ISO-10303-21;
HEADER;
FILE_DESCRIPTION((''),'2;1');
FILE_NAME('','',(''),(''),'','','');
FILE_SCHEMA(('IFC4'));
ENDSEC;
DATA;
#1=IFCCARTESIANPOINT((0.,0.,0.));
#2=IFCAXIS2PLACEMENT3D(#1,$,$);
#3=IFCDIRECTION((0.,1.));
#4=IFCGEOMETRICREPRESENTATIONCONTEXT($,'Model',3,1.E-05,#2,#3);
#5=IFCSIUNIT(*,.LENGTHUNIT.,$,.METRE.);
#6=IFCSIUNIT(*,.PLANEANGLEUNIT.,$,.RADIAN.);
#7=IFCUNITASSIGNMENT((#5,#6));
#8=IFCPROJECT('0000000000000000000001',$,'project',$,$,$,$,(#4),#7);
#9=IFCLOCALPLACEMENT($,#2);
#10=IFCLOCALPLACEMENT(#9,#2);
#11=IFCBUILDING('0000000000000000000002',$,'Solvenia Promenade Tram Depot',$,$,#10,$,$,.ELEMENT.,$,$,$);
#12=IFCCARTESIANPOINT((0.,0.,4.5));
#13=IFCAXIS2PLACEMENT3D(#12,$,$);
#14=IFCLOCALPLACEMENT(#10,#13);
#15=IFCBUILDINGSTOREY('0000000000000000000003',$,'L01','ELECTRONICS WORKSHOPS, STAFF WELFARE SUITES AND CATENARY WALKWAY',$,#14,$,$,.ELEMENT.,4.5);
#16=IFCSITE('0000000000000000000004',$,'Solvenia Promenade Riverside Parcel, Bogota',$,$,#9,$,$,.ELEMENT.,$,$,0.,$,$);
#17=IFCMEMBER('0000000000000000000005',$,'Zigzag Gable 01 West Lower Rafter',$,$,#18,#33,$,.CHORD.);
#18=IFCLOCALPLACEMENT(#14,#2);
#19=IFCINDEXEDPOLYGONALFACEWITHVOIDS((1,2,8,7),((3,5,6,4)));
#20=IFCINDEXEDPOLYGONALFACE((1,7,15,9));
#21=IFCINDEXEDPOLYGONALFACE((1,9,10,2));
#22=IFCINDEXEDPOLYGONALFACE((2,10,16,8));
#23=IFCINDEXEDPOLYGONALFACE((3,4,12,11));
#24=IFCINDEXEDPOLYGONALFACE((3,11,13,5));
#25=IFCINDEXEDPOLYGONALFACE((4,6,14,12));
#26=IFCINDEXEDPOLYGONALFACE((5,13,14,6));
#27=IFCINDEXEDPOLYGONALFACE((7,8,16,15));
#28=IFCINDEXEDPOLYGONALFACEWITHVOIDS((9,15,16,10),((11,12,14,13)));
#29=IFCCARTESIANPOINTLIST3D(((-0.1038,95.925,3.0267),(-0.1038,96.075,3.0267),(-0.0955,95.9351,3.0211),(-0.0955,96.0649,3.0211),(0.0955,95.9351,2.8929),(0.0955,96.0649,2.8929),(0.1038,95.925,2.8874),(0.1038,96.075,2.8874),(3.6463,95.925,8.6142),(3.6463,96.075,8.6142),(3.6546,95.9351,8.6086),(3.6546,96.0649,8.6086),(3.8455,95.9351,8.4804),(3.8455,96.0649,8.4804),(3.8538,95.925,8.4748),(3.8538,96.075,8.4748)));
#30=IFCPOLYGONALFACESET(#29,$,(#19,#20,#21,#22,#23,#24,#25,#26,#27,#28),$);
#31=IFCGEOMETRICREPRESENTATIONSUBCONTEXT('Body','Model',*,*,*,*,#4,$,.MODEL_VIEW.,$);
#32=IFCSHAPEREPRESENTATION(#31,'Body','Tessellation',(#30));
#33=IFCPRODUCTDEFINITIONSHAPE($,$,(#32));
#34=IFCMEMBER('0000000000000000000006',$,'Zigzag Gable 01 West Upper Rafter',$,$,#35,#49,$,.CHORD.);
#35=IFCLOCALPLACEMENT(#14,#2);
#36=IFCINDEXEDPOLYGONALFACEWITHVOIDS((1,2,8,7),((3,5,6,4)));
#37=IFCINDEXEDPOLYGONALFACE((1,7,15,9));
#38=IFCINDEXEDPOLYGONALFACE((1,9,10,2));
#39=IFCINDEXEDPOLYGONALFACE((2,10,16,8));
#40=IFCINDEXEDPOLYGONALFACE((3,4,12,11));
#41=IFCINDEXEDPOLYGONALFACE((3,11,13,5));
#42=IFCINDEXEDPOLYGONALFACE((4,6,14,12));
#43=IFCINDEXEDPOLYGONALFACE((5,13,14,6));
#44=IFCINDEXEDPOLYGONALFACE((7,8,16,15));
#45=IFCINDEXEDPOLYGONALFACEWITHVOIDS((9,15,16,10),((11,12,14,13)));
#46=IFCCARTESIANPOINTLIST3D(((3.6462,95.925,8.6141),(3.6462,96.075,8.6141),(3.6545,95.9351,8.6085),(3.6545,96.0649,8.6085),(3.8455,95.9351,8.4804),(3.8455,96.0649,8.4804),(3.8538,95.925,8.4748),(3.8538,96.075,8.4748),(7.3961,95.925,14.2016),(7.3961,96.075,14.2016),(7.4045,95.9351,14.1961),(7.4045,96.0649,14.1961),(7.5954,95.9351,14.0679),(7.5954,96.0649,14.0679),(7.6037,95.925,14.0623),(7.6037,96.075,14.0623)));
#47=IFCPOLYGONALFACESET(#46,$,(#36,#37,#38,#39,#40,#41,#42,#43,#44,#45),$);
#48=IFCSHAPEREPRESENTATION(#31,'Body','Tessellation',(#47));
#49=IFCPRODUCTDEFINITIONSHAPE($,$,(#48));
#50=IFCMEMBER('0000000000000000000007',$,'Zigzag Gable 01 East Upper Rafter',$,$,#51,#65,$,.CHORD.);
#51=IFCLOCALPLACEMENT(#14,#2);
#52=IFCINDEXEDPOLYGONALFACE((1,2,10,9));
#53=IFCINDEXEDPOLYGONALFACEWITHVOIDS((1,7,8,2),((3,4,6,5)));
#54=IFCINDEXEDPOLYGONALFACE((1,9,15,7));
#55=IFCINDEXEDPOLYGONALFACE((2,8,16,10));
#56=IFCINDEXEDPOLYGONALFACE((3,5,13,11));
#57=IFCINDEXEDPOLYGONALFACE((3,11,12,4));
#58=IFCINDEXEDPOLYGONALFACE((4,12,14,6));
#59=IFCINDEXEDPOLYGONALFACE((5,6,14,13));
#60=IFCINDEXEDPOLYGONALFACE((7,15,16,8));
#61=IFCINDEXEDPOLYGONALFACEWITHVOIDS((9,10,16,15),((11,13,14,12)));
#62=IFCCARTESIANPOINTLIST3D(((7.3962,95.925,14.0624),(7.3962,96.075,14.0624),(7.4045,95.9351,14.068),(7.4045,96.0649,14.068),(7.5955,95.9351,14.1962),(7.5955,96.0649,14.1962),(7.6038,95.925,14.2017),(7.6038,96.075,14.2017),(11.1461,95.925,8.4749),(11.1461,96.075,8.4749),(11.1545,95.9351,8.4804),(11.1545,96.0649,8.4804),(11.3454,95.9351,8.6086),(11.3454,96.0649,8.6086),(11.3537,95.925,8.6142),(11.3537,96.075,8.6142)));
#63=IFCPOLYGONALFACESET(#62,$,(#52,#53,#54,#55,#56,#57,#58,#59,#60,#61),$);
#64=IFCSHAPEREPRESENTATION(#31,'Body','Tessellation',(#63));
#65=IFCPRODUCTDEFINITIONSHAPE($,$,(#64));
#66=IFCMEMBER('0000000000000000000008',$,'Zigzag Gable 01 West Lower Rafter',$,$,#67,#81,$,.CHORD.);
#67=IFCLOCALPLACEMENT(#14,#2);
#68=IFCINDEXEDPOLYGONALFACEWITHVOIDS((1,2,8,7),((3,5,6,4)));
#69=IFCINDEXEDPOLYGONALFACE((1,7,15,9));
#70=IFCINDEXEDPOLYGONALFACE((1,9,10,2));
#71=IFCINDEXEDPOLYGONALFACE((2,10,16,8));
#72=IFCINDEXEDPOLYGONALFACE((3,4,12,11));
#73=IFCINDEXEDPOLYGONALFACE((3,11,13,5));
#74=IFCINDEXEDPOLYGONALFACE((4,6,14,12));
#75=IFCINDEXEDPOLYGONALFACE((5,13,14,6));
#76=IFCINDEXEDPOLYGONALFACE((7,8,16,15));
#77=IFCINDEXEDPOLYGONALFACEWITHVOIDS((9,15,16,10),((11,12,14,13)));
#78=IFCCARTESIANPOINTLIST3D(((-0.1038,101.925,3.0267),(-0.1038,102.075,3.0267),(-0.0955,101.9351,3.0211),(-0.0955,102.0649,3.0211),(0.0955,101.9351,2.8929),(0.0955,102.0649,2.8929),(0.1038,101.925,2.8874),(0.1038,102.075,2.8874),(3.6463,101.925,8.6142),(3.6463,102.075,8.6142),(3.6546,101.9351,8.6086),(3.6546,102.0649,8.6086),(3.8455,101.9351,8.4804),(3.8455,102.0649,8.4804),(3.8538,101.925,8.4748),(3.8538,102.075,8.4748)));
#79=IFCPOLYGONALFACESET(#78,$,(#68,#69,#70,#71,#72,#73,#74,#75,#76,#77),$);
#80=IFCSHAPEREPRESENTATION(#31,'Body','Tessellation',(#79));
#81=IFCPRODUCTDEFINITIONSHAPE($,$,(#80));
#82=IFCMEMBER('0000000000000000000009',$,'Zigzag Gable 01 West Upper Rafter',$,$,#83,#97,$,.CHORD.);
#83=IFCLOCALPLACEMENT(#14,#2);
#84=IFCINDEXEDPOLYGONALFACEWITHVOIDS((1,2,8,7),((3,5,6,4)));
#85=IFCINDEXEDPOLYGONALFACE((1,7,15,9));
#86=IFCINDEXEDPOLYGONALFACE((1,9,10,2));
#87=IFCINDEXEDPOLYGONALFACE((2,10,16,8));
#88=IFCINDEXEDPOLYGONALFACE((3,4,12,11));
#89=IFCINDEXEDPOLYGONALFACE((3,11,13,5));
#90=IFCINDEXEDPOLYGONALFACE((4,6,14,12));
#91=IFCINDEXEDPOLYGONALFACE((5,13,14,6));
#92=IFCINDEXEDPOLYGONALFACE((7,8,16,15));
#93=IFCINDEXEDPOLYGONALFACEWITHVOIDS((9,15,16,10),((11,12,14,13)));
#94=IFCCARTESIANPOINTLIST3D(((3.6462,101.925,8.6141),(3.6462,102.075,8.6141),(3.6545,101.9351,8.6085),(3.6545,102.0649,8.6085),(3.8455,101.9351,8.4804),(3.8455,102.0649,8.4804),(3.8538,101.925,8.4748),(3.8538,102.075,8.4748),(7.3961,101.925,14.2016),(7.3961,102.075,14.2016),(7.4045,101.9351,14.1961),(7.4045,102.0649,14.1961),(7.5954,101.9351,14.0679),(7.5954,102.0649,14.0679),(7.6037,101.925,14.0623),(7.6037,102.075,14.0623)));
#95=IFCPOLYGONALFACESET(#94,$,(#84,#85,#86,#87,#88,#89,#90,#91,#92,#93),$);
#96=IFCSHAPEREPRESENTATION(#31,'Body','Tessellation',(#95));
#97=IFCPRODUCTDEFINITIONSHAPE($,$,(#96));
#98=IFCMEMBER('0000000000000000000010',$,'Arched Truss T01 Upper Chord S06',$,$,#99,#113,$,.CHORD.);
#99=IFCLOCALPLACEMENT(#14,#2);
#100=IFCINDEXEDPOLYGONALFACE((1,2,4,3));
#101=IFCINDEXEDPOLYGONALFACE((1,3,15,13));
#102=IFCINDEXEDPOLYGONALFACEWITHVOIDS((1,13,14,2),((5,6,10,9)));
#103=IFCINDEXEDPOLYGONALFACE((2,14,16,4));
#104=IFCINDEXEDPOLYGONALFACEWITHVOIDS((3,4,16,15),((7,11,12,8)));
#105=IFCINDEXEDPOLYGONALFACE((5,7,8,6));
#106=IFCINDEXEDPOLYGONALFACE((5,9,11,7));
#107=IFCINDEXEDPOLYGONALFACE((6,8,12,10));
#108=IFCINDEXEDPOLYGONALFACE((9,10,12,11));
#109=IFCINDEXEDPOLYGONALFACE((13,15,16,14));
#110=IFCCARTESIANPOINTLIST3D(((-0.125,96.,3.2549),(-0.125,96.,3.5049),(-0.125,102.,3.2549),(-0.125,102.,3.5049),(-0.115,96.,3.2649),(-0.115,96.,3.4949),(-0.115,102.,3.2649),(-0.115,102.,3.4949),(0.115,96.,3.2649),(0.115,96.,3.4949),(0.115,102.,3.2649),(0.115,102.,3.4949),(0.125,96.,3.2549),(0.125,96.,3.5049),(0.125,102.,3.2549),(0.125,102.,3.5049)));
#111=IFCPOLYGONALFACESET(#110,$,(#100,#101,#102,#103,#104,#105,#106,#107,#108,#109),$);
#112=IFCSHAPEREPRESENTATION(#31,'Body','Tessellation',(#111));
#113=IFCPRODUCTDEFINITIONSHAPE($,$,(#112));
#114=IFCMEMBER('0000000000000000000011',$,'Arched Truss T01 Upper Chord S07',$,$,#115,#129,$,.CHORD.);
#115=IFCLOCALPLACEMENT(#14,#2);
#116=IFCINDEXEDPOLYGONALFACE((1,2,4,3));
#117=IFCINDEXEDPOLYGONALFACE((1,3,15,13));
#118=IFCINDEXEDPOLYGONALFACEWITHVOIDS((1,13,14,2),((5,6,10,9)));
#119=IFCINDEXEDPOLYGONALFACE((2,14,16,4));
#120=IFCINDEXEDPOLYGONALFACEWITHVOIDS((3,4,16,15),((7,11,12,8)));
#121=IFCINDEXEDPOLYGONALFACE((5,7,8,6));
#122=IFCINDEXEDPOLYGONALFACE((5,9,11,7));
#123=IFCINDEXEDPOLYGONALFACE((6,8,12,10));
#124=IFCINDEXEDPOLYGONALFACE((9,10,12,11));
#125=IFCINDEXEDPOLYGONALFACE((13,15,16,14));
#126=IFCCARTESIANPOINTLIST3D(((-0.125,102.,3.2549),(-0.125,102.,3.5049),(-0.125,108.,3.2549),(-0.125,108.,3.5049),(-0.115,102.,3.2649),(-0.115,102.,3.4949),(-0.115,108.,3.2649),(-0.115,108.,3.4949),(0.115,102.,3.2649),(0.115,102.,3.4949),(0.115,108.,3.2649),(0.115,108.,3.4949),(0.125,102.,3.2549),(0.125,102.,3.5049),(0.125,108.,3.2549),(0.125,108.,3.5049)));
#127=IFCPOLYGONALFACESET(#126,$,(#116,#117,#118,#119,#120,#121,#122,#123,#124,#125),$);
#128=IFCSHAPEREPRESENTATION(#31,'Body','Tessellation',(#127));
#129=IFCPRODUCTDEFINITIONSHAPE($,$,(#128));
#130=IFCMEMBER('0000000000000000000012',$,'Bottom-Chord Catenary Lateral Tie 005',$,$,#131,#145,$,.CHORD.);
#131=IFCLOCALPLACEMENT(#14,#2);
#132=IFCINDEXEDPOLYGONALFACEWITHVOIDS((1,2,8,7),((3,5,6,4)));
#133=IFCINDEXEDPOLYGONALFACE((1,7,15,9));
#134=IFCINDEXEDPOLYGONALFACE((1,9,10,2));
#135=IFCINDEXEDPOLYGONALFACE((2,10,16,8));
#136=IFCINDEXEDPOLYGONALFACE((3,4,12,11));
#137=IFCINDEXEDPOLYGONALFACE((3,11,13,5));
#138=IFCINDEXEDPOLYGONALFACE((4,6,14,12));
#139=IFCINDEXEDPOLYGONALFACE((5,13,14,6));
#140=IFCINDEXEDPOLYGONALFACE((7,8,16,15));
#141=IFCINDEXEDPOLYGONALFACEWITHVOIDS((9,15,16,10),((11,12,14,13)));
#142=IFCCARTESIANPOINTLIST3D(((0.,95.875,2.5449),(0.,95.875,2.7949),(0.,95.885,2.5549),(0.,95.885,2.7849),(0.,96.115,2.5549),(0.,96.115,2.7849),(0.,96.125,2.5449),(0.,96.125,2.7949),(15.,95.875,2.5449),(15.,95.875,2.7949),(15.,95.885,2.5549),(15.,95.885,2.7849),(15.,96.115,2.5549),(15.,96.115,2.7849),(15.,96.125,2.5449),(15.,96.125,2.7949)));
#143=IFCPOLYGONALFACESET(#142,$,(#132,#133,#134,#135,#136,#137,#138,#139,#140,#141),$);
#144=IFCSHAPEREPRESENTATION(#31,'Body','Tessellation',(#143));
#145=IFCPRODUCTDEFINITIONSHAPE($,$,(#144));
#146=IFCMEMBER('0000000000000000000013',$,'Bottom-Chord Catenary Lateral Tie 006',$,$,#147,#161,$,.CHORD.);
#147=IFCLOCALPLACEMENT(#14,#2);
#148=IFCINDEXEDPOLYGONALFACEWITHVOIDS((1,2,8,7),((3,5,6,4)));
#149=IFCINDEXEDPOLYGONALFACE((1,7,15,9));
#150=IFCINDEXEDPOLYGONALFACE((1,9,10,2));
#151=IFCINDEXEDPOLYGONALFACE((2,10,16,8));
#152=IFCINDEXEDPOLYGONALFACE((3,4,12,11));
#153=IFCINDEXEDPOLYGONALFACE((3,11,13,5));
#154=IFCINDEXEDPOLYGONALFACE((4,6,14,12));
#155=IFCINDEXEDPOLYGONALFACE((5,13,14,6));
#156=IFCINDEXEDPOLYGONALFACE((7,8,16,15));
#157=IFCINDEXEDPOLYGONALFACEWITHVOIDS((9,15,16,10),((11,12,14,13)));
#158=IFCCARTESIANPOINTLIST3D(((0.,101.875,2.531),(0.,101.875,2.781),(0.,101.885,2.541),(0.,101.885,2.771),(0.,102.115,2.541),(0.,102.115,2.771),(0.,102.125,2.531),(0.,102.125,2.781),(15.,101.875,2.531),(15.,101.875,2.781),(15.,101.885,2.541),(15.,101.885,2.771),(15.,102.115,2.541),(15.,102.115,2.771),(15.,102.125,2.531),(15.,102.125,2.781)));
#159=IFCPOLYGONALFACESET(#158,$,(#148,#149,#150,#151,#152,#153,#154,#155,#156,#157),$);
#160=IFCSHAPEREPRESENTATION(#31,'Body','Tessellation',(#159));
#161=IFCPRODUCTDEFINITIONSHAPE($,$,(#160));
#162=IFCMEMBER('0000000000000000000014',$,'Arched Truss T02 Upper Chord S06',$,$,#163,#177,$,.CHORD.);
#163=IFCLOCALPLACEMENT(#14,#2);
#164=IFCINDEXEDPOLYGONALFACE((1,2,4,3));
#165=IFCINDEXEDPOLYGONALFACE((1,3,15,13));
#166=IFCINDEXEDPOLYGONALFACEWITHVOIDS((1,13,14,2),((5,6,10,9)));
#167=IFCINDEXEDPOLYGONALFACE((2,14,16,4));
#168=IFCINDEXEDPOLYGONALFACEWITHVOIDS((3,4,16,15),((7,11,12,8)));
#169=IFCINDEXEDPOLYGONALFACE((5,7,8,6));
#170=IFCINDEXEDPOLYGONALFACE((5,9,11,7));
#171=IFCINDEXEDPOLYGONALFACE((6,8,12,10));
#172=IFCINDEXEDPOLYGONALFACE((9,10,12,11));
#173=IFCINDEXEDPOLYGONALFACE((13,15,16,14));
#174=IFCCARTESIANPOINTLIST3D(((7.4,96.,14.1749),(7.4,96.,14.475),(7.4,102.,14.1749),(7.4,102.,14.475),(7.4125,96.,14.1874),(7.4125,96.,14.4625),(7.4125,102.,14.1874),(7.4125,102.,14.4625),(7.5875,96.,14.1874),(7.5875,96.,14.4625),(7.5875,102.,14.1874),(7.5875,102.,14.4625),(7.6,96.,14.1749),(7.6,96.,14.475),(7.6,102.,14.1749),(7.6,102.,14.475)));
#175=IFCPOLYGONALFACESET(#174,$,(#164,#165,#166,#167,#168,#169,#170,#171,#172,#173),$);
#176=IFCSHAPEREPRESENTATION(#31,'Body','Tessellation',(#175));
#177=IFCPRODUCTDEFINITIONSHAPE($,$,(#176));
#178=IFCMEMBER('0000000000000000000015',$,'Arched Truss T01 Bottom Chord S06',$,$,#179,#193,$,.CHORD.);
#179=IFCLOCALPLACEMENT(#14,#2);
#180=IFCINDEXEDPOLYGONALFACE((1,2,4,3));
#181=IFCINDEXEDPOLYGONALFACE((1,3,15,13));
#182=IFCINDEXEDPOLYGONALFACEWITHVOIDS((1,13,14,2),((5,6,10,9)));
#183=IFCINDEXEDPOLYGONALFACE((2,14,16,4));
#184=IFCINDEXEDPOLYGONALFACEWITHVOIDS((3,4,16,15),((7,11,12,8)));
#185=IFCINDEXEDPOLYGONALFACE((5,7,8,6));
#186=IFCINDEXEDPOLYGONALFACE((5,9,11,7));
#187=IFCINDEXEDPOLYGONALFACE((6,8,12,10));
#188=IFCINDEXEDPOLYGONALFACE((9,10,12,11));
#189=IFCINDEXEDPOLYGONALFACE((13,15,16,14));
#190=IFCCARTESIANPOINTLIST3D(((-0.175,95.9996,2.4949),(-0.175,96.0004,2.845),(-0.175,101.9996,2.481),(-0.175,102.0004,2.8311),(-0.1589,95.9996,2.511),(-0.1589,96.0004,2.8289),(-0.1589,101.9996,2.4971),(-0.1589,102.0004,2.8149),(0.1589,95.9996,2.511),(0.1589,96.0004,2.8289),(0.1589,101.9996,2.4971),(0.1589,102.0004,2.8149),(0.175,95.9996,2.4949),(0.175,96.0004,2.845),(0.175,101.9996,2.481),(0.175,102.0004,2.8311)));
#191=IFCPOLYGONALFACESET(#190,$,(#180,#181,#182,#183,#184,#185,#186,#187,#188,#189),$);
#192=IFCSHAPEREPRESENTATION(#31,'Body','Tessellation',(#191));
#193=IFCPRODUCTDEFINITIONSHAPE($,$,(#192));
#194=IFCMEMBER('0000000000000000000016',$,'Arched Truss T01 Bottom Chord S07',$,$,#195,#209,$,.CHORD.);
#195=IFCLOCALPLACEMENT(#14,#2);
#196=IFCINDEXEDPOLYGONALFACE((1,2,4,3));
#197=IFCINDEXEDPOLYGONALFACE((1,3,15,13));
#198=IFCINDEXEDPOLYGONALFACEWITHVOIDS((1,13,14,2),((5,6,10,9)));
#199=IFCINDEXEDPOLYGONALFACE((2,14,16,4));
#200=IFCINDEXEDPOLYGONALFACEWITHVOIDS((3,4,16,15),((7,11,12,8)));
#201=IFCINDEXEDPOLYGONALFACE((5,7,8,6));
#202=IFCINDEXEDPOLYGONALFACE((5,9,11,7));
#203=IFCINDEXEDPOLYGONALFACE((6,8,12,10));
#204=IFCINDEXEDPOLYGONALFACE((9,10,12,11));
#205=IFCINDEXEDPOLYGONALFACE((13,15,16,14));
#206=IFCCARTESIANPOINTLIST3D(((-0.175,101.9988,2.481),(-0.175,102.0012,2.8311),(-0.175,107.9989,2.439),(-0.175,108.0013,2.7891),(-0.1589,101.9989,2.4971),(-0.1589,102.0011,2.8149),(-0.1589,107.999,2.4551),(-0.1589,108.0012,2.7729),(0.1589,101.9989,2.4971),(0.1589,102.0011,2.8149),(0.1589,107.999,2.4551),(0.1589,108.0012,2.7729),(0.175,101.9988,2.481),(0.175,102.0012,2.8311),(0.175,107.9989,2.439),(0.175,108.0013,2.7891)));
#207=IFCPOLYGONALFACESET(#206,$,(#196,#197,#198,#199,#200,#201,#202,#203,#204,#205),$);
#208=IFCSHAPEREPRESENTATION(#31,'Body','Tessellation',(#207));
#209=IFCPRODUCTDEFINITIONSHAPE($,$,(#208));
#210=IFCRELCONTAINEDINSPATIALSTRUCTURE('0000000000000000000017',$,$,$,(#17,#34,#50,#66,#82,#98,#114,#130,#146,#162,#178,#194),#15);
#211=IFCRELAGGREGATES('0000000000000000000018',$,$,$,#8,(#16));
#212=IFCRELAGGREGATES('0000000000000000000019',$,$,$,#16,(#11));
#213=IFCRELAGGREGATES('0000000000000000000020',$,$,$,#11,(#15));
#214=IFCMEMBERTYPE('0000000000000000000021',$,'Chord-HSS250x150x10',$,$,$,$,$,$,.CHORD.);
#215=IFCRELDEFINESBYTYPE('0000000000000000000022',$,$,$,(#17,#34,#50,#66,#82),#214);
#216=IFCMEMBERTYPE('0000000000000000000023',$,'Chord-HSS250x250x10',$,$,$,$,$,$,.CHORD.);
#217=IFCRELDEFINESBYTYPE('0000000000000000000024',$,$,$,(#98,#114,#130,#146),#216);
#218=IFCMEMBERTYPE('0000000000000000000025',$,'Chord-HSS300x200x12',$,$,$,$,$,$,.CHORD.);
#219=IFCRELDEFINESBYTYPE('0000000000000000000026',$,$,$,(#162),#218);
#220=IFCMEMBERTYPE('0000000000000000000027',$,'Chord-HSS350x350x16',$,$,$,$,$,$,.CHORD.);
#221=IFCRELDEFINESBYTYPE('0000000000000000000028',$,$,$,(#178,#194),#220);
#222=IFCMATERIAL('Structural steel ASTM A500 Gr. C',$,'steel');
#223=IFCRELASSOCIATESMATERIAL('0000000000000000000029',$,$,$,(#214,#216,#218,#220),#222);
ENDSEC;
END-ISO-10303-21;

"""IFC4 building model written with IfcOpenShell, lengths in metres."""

from ifc_helpers import new_model, si_unit, direction, frame, origin, origin_2d, place, context, subcontext, project, spatial, hollow_rectangle, extrude, material, material_profile, profile_set, type_object, element, save


model = new_model("IFC4")

# Units and contexts
model_context = context("Model", 3, precision=1e-05, world=origin(), true_north=direction((0.0, 1.0)))
body_context = subcontext(model_context, "Body", "Model", "MODEL_VIEW")
ifc_project = project(units=[si_unit("LENGTHUNIT", "METRE"), si_unit("PLANEANGLEUNIT", "RADIAN")], contexts=[model_context])

# Site, building, storey
site_placement = place(None, origin())
site = spatial("IfcSite", under=ifc_project, at=site_placement, Name="Solvenia Promenade Riverside Parcel, Bogota", CompositionType="ELEMENT", RefElevation=0.0)
building_placement = place(site_placement, origin())
building = spatial("IfcBuilding", under=site, at=building_placement, Name="Solvenia Promenade Tram Depot", CompositionType="ELEMENT")
storey_placement = place(building_placement, frame((0.0, 0.0, 4.5)))
storey = spatial("IfcBuildingStorey", under=building, at=storey_placement, Name="L01", Description="ELECTRONICS WORKSHOPS, STAFF WELFARE SUITES AND CATENARY WALKWAY", CompositionType="ELEMENT", Elevation=4.5)

# Members
ifc_material_1 = material(Name="Structural steel ASTM A500 Gr. C", Category="steel")
ifc_material_profile_1 = material_profile(ifc_material_1, hollow_rectangle(XDim=0.1499, YDim=0.25, WallThickness=0.01, at=origin_2d()), Name="HSS250x150x10", Category="steel")
ifc_profile_set_1 = profile_set([ifc_material_profile_1], Name="Structural steel ASTM A500 Gr. C")
member_type_1 = type_object("IfcMemberType", Name="Chord-HSS250x150x10", PredefinedType="CHORD", material=ifc_profile_set_1)
for number, where, z_axis, x_axis, name in (
    (1, (0.0, 96.0, 2.957), (0.557276, 0.0, 0.830327), (0.0, 1.0, 0.0), "Zigzag Gable 01 West Lower Rafter"),
    (2, (3.75, 96.0, 8.5444), (0.557259, 0.0, 0.830338), (0.0, 1.0, 0.0), "Zigzag Gable 01 West Upper Rafter"),
    (3, (7.5, 96.0, 14.1321), (0.557259, 0.0, -0.830338), (0.0, 1.0, 0.0), "Zigzag Gable 01 East Upper Rafter"),
    (4, (0.0, 102.0, 2.957), (0.557276, 0.0, 0.830327), (0.0, 1.0, 0.0), "Zigzag Gable 01 West Lower Rafter"),
    (5, (3.75, 102.0, 8.5444), (0.557259, 0.0, 0.830338), (0.0, 1.0, 0.0), "Zigzag Gable 01 West Upper Rafter"),
):
    element("IfcMember", number, at=place(storey_placement, frame(where, z_axis=z_axis, x_axis=x_axis)), inside=storey, type_object=member_type_1, Name=name, PredefinedType="CHORD", context=body_context, shape_type="SweptSolid", body=[
        extrude(hollow_rectangle(XDim=0.1499, YDim=0.25, WallThickness=0.01, at=origin_2d()), origin(), (0.0, 0.0, 1.0), 6.7292),
    ])
ifc_material_profile_2 = material_profile(ifc_material_1, hollow_rectangle(XDim=0.25, YDim=0.25, WallThickness=0.01, at=origin_2d()), Name="HSS250x250x10", Category="steel")
ifc_profile_set_2 = profile_set([ifc_material_profile_2], Name="Structural steel ASTM A500 Gr. C")
member_type_2 = type_object("IfcMemberType", Name="Chord-HSS250x250x10", PredefinedType="CHORD", material=ifc_profile_set_2)
for number, where, z_axis, x_axis, name in (
    (6, (0.0, 96.0, 3.3799), (0.0, 1.0, 0.0), (-1.0, 0.0, 0.0), "Arched Truss T01 Upper Chord S06"),
    (7, (0.0, 102.0, 3.3799), (0.0, 1.0, 0.0), (-1.0, 0.0, 0.0), "Arched Truss T01 Upper Chord S07"),
):
    element("IfcMember", number, at=place(storey_placement, frame(where, z_axis=z_axis, x_axis=x_axis)), inside=storey, type_object=member_type_2, Name=name, PredefinedType="CHORD", context=body_context, shape_type="SweptSolid", body=[
        extrude(hollow_rectangle(XDim=0.25, YDim=0.25, WallThickness=0.01, at=origin_2d()), origin(), (0.0, 0.0, 1.0), 6.0),
    ])
for number, where, z_axis, x_axis, name in (
    (8, (0.0, 96.0, 2.6699), (1.0, 0.0, 0.0), (0.0, 1.0, 0.0), "Bottom-Chord Catenary Lateral Tie 005"),
    (9, (0.0, 102.0, 2.656), (1.0, 0.0, 0.0), (0.0, 1.0, 0.0), "Bottom-Chord Catenary Lateral Tie 006"),
):
    element("IfcMember", number, at=place(storey_placement, frame(where, z_axis=z_axis, x_axis=x_axis)), inside=storey, type_object=member_type_2, Name=name, PredefinedType="CHORD", context=body_context, shape_type="SweptSolid", body=[
        extrude(hollow_rectangle(XDim=0.25, YDim=0.25, WallThickness=0.01, at=origin_2d()), origin(), (0.0, 0.0, 1.0), 15.0),
    ])
ifc_material_profile_3 = material_profile(ifc_material_1, hollow_rectangle(XDim=0.2, YDim=0.3, WallThickness=0.0125, at=origin_2d()), Name="HSS300x200x12.5", Category="steel")
ifc_profile_set_3 = profile_set([ifc_material_profile_3], Name="Structural steel ASTM A500 Gr. C")
member_type_3 = type_object("IfcMemberType", Name="Chord-HSS300x200x12", PredefinedType="CHORD", material=ifc_profile_set_3)
member_1_placement = place(storey_placement, frame((7.5, 96.0, 14.325), z_axis=(0.0, 1.0, 0.0), x_axis=(-1.0, 0.0, 0.0)))
element("IfcMember", 10, at=member_1_placement, inside=storey, type_object=member_type_3, Name="Arched Truss T02 Upper Chord S06", PredefinedType="CHORD", context=body_context, shape_type="SweptSolid", body=[
    extrude(hollow_rectangle(XDim=0.2, YDim=0.3, WallThickness=0.0125, at=origin_2d()), origin(), (0.0, 0.0, 1.0), 6.0),
])
ifc_material_profile_4 = material_profile(ifc_material_1, hollow_rectangle(XDim=0.3501, YDim=0.3501, WallThickness=0.0161, at=origin_2d()), Name="HSS350x350x16", Category="steel")
ifc_profile_set_4 = profile_set([ifc_material_profile_4], Name="Structural steel ASTM A500 Gr. C")
member_type_4 = type_object("IfcMemberType", Name="Chord-HSS350x350x16", PredefinedType="CHORD", material=ifc_profile_set_4)
member_2_placement = place(storey_placement, frame((0.0, 96.0, 2.6699), z_axis=(0.0, 0.999997, -0.002319), x_axis=(-1.0, 0.0, 0.0)))
element("IfcMember", 11, at=member_2_placement, inside=storey, type_object=member_type_4, Name="Arched Truss T01 Bottom Chord S06", PredefinedType="CHORD", context=body_context, shape_type="SweptSolid", body=[
    extrude(hollow_rectangle(XDim=0.3501, YDim=0.3501, WallThickness=0.0161, at=origin_2d()), origin(), (0.0, 0.0, 1.0), 6.0),
])
member_3_placement = place(storey_placement, frame((0.0, 102.0, 2.656), z_axis=(0.0, 0.999976, -0.006999), x_axis=(-1.0, 0.0, 0.0)))
element("IfcMember", 12, at=member_3_placement, inside=storey, type_object=member_type_4, Name="Arched Truss T01 Bottom Chord S07", PredefinedType="CHORD", context=body_context, shape_type="SweptSolid", body=[
    extrude(hollow_rectangle(XDim=0.3501, YDim=0.3501, WallThickness=0.0161, at=origin_2d()), origin(), (0.0, 0.0, 1.0), 6.0002),
])

save(model, "model.ifc")
